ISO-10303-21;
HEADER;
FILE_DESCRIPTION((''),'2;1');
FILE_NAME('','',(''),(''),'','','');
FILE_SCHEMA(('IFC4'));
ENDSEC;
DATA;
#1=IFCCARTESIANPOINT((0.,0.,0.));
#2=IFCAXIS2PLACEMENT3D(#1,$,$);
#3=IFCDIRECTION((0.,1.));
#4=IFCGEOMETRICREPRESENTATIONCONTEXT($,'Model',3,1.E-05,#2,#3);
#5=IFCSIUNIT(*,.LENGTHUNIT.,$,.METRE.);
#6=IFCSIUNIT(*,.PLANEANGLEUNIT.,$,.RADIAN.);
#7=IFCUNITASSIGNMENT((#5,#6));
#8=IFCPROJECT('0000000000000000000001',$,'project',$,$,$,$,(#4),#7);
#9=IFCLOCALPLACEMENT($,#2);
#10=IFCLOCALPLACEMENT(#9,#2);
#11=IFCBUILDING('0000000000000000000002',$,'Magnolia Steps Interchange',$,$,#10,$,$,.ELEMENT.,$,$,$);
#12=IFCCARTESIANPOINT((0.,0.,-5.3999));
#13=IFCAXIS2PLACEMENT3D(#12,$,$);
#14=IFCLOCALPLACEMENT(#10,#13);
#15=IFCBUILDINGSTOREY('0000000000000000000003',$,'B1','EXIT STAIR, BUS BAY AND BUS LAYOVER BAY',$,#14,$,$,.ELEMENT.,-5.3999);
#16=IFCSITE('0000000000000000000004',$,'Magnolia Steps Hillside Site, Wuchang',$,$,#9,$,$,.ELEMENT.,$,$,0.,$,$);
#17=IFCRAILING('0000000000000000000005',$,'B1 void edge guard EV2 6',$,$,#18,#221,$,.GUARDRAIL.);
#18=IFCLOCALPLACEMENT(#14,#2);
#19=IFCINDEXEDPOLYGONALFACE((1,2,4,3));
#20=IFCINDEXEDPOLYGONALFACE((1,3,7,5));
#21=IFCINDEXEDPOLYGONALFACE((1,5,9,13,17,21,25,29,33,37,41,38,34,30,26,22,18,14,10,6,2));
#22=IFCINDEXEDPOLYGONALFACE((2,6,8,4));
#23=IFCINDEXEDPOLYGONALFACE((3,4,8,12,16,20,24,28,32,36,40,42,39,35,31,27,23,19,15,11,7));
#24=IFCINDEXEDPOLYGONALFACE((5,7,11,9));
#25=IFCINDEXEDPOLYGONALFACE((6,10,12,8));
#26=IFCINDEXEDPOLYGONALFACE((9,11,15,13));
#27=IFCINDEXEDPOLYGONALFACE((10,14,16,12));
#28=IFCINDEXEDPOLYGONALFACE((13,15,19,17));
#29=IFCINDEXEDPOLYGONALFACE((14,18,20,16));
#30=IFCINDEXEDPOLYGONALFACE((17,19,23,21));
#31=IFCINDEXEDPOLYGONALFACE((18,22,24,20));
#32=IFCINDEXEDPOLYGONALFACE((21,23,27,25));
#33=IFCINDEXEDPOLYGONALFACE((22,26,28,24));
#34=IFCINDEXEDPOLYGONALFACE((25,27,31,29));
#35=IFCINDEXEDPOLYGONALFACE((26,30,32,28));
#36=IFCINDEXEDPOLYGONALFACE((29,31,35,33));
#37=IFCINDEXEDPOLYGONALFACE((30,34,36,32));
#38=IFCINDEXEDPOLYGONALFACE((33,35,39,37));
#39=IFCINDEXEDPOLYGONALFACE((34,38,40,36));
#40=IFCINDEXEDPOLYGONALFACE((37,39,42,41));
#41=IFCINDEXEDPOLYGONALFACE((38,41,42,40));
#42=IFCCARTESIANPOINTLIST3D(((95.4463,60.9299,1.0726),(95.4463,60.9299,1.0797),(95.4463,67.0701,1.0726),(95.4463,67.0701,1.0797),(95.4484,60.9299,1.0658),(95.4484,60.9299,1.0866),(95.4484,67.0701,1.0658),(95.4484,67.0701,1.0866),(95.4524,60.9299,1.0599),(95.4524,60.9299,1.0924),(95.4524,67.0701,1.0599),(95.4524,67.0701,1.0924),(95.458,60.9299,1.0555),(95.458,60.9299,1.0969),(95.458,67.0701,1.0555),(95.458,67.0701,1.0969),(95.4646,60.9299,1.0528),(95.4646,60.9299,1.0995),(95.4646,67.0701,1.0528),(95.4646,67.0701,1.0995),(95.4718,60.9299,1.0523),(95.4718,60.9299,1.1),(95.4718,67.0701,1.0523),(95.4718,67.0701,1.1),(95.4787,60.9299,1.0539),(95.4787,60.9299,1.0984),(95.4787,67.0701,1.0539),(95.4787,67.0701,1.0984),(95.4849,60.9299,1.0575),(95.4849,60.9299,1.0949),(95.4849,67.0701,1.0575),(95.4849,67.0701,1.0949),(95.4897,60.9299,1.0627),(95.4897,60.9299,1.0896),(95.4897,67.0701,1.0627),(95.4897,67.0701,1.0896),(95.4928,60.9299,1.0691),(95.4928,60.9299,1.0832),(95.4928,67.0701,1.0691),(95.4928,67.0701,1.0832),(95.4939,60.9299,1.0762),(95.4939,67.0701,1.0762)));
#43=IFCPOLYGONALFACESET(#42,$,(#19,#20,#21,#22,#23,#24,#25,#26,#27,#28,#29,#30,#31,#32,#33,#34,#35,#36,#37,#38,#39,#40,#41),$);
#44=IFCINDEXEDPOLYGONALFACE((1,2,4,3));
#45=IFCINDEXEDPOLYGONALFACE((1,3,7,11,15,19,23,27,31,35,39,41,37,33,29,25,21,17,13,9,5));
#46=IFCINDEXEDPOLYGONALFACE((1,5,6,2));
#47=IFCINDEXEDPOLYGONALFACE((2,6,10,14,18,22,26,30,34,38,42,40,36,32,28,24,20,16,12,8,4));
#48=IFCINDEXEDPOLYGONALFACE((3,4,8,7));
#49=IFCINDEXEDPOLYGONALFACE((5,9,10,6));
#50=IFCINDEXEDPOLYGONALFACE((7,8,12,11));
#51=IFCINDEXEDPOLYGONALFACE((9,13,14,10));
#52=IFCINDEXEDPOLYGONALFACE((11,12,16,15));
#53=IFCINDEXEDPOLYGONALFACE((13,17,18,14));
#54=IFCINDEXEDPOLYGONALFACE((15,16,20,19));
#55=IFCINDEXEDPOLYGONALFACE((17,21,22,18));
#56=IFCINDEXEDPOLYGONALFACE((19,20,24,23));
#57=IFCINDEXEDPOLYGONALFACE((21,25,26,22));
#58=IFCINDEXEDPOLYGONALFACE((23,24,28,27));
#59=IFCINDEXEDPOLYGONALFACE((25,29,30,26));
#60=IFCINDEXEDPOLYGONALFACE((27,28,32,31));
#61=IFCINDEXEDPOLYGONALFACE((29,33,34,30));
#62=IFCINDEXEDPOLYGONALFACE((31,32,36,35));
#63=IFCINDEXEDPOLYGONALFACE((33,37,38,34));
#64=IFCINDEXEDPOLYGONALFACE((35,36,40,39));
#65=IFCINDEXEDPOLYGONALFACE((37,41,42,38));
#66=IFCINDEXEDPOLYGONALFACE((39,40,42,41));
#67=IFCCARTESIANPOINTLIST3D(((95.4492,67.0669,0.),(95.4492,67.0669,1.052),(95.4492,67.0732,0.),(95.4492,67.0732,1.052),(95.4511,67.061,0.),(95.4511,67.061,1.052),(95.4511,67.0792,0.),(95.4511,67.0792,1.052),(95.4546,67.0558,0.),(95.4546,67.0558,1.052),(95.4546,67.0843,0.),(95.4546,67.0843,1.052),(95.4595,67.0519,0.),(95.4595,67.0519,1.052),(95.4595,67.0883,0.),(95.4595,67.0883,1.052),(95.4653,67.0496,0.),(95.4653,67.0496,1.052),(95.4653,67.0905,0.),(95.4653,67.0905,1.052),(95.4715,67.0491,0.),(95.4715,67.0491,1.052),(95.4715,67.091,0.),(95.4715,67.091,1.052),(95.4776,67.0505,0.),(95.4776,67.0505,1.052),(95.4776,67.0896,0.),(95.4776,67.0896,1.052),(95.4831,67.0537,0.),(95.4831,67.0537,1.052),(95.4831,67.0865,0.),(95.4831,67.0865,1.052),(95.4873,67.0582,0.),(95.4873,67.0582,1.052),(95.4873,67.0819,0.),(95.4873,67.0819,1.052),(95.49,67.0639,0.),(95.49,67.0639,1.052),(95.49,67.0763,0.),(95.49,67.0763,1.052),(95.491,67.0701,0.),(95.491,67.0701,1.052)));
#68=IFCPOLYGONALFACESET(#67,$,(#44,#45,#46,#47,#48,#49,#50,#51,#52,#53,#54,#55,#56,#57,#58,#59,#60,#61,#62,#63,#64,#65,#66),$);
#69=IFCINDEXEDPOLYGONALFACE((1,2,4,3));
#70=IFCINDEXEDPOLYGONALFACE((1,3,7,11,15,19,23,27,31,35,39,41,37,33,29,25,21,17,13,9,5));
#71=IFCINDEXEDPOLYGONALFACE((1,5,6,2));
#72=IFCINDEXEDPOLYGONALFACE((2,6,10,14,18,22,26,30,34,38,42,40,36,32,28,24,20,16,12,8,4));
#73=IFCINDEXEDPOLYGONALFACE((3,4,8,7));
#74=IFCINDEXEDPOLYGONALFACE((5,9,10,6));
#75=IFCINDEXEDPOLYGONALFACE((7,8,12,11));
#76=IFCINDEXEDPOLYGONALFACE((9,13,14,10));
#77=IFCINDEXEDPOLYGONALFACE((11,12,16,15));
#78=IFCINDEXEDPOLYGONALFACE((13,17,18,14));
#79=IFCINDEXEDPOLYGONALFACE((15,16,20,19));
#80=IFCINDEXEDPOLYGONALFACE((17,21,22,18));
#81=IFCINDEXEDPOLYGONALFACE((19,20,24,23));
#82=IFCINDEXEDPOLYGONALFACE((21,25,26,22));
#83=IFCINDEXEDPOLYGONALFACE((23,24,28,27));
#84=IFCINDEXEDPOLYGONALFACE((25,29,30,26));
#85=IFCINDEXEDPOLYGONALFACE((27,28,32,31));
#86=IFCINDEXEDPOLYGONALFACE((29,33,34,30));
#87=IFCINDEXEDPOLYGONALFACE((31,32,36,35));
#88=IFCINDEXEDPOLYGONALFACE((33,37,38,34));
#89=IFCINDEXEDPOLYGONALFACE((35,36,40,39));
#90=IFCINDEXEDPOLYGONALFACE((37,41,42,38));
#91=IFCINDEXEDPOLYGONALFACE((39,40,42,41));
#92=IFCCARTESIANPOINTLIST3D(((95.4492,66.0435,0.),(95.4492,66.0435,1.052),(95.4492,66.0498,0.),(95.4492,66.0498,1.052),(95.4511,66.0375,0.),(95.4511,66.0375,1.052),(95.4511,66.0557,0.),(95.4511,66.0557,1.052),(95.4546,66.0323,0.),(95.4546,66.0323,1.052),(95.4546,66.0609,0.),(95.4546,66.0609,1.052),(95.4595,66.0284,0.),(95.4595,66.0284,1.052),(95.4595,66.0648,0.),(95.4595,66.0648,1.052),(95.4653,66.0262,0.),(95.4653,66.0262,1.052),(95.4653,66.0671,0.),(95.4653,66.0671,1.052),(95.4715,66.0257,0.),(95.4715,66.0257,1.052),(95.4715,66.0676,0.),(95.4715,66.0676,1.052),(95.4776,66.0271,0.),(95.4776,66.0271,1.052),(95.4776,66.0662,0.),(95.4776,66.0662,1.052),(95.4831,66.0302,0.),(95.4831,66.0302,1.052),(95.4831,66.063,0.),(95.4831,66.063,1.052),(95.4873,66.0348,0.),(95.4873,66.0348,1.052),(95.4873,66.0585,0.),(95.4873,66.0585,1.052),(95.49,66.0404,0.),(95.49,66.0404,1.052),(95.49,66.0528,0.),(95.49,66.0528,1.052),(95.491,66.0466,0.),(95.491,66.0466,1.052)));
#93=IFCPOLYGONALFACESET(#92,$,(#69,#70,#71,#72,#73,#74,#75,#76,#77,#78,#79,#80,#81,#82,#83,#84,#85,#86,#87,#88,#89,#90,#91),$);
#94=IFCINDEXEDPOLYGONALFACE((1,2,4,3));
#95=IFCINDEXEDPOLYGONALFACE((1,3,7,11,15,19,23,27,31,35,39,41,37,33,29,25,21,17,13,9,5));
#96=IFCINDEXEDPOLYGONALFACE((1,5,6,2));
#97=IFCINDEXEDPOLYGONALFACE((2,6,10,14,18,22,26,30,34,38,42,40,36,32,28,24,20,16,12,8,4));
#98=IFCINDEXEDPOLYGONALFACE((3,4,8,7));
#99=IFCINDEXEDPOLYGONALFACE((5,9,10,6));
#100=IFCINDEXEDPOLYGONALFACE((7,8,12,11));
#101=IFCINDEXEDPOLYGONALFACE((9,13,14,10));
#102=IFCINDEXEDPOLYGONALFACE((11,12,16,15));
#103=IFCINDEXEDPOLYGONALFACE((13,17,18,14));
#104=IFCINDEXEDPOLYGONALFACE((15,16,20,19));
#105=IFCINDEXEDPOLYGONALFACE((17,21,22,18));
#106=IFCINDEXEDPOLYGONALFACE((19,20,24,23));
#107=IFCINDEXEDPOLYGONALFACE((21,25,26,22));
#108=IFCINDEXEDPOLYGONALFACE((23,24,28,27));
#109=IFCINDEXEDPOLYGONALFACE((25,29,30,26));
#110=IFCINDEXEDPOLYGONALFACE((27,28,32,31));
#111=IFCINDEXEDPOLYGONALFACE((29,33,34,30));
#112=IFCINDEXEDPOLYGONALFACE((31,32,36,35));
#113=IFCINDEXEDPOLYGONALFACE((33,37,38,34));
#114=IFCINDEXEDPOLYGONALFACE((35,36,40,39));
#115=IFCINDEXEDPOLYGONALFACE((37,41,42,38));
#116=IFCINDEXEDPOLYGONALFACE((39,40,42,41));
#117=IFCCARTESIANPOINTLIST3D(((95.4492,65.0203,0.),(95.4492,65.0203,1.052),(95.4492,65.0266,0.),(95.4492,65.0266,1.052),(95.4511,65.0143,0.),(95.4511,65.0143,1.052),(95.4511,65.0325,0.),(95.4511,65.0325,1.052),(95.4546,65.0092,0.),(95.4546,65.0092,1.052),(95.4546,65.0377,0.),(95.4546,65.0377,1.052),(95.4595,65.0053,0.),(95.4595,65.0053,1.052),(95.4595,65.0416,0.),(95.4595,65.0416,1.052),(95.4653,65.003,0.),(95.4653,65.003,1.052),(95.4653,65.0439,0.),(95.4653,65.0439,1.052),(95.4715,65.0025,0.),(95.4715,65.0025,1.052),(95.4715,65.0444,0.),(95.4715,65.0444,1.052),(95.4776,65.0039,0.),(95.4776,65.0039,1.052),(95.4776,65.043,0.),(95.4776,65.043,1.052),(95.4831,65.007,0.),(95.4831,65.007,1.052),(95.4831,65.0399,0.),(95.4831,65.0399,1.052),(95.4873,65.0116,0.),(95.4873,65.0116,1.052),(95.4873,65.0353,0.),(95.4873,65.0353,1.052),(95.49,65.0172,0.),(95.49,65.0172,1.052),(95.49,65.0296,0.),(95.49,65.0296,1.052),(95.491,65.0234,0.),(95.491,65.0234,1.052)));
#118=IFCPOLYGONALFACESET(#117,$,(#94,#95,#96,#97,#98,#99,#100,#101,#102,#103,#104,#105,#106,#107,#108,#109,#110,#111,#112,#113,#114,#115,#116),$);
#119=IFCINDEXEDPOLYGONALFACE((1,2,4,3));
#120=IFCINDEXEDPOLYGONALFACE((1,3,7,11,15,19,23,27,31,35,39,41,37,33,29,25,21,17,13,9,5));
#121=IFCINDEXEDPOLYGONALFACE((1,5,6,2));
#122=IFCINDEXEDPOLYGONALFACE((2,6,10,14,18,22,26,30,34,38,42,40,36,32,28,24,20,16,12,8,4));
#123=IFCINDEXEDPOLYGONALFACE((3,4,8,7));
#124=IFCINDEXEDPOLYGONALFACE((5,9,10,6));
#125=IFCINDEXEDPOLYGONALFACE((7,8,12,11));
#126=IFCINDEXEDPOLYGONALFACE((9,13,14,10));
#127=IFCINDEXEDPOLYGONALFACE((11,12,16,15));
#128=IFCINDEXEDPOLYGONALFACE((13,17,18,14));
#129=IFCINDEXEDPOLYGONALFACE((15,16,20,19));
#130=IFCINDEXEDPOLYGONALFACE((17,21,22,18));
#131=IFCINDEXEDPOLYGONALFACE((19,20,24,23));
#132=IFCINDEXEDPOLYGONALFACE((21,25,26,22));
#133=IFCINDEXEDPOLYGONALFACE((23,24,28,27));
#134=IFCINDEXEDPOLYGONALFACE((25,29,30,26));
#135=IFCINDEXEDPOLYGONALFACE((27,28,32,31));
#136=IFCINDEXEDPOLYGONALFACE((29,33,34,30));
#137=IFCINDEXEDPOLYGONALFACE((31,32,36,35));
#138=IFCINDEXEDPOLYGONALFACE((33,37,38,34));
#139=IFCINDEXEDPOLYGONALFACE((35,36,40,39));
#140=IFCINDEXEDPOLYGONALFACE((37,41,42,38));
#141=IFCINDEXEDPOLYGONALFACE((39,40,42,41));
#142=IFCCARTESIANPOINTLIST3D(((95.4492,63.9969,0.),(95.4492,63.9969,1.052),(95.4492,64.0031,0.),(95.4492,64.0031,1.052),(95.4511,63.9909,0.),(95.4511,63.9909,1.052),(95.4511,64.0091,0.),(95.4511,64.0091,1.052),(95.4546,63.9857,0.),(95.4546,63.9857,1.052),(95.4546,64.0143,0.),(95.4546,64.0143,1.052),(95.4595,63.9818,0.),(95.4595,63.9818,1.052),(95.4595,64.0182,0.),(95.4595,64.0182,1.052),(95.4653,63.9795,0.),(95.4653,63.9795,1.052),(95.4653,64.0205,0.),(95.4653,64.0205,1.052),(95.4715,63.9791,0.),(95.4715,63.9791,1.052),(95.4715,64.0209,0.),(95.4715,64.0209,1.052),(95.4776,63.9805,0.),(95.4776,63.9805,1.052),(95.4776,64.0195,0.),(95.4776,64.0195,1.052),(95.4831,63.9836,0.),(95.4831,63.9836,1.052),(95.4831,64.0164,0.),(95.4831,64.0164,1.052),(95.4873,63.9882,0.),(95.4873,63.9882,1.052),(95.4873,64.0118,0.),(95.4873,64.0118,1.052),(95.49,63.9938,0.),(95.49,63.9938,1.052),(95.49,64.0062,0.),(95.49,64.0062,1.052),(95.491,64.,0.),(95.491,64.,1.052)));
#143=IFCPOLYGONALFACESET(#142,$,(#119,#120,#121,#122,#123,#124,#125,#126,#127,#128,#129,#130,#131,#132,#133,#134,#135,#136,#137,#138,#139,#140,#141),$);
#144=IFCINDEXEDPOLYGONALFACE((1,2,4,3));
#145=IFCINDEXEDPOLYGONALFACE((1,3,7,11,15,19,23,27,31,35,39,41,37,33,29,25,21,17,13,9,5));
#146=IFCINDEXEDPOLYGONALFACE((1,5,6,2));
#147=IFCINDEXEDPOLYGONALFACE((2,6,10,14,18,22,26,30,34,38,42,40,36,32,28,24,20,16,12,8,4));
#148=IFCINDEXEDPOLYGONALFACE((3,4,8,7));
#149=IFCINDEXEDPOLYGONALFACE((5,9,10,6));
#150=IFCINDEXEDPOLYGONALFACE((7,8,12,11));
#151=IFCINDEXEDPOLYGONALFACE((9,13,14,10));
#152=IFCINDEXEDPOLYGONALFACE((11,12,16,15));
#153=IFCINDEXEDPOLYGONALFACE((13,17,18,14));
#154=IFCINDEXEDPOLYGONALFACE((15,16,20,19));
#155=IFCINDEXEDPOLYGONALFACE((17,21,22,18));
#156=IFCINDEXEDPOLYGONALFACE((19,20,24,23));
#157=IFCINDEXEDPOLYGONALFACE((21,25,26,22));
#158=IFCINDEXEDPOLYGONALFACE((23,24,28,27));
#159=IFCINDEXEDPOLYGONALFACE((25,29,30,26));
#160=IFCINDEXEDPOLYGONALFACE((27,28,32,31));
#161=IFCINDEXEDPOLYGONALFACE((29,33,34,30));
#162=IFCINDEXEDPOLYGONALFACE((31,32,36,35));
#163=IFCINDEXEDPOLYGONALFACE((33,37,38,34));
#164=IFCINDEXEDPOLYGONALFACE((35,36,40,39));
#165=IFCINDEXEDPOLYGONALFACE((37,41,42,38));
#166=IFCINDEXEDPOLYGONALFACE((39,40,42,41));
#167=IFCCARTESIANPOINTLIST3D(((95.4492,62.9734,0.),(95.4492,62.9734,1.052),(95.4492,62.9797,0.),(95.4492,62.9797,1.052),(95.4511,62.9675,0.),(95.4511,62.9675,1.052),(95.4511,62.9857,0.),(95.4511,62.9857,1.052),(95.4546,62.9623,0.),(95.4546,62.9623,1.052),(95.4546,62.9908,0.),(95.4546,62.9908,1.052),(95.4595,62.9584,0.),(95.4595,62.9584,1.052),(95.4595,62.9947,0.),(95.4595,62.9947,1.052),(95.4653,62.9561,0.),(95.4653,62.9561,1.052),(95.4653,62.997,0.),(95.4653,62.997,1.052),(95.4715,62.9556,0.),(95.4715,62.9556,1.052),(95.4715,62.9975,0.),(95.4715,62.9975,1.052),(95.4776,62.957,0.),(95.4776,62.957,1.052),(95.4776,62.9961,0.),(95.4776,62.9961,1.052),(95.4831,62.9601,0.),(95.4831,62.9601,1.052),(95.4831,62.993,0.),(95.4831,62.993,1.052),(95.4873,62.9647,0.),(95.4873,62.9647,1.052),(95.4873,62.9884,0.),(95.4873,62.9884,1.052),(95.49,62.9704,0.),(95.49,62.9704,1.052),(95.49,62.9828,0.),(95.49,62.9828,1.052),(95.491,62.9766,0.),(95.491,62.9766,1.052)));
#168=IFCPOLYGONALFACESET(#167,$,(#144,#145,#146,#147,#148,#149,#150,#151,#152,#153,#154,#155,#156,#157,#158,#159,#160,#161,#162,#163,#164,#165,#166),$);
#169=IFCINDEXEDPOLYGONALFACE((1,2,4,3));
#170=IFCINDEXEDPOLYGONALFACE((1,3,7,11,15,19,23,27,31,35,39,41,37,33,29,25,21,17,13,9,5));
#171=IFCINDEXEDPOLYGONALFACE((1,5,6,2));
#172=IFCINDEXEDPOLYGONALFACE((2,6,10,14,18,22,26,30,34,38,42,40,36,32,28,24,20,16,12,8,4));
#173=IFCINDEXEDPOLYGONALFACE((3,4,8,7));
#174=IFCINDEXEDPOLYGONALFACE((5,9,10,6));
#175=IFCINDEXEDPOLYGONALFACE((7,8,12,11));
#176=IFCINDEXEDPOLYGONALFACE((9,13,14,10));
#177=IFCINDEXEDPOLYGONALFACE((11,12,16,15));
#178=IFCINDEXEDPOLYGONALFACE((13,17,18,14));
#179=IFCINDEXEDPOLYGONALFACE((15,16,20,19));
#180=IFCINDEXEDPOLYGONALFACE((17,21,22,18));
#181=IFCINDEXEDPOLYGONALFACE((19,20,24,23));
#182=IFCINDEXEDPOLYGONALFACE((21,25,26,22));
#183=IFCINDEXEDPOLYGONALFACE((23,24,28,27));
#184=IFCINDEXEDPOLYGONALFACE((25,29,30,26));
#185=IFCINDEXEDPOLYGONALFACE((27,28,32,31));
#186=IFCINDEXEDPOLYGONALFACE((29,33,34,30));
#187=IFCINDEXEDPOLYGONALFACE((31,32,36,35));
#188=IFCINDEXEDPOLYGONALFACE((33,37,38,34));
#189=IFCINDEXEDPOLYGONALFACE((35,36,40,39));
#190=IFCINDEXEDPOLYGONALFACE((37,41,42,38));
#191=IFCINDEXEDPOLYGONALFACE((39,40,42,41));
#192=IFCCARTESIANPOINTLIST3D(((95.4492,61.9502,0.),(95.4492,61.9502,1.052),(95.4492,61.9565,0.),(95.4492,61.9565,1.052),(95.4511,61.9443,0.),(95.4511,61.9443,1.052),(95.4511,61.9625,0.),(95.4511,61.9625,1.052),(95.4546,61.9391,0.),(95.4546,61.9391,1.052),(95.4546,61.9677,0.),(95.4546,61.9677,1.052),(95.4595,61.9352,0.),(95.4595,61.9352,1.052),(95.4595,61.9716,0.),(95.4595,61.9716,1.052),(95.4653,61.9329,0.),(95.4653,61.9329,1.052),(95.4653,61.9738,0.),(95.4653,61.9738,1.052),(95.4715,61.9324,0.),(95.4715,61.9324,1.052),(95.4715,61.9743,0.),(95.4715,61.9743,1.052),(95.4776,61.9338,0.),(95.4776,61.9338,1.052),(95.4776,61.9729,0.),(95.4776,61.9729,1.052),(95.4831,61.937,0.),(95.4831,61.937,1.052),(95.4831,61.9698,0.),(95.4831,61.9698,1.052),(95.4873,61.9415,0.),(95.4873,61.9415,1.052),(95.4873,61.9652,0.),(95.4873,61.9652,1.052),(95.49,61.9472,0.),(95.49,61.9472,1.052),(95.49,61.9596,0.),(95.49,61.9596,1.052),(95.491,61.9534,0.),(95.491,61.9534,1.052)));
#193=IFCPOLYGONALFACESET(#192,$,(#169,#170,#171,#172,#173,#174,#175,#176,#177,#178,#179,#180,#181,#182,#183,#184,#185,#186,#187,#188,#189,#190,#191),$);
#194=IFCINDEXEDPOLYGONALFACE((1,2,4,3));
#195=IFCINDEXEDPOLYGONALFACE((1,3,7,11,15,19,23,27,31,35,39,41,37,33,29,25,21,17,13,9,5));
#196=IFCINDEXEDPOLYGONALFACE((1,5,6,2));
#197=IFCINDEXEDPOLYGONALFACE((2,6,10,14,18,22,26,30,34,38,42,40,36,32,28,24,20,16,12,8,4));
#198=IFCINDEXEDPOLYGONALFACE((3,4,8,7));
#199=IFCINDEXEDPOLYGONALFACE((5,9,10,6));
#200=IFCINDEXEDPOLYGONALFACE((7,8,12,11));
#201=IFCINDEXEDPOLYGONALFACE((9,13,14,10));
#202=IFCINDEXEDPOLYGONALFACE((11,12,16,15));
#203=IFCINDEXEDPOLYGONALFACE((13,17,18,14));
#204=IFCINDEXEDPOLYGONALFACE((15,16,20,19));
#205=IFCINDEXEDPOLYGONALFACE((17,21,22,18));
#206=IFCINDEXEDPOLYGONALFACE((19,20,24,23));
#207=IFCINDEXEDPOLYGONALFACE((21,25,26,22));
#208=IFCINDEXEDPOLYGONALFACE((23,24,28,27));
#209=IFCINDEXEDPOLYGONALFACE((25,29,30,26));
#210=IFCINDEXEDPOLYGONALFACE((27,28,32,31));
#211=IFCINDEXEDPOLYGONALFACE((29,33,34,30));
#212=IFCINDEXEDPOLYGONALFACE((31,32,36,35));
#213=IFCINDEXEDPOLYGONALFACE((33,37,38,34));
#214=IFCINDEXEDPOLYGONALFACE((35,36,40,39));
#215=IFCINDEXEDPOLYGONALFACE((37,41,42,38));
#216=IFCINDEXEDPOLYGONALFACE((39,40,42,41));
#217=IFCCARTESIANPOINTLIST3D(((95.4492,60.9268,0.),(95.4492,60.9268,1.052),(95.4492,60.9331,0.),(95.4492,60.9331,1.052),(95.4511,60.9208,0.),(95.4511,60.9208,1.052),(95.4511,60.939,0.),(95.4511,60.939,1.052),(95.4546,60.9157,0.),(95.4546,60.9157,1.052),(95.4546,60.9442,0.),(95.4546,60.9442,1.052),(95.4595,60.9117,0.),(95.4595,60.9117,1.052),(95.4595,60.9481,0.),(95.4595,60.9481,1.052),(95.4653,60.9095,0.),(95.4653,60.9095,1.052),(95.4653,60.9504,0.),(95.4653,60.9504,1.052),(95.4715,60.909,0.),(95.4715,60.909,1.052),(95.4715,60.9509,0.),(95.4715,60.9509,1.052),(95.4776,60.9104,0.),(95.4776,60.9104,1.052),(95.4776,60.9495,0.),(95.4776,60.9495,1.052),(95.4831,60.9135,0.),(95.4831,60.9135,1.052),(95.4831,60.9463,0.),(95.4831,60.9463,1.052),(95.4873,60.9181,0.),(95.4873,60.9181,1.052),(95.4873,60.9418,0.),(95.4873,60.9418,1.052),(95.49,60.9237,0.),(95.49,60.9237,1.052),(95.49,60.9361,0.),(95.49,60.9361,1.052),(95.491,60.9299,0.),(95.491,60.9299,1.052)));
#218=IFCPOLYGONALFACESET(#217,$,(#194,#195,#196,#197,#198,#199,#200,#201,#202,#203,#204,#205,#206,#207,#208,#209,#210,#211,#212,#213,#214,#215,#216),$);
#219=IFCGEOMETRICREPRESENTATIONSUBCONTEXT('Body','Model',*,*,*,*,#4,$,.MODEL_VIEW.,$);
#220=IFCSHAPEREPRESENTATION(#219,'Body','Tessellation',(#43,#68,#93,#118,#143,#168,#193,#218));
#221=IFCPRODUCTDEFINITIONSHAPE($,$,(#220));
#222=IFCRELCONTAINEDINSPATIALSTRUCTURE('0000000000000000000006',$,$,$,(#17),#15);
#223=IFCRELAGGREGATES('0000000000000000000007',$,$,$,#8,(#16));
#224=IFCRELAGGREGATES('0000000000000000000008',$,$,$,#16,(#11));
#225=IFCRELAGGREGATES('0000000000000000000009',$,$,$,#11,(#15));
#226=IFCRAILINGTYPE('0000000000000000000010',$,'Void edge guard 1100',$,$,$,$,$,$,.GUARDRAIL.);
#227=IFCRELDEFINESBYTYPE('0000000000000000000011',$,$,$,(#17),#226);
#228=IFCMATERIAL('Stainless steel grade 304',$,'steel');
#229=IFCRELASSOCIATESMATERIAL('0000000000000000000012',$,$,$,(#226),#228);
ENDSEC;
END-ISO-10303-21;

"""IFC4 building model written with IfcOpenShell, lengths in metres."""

from ifc_helpers import new_model, si_unit, direction, frame, origin, origin_2d, place, context, subcontext, project, spatial, circle, extrude, material, type_object, element, save


model = new_model("IFC4")

# Units and contexts
model_context = context("Model", 3, precision=1e-05, world=origin(), true_north=direction((0.0, 1.0)))
body_context = subcontext(model_context, "Body", "Model", "MODEL_VIEW")
ifc_project = project(units=[si_unit("LENGTHUNIT", "METRE"), si_unit("PLANEANGLEUNIT", "RADIAN")], contexts=[model_context])

# Site, building, storey
site_placement = place(None, origin())
site = spatial("IfcSite", under=ifc_project, at=site_placement, Name="Magnolia Steps Hillside Site, Wuchang", CompositionType="ELEMENT", RefElevation=0.0)
building_placement = place(site_placement, origin())
building = spatial("IfcBuilding", under=site, at=building_placement, Name="Magnolia Steps Interchange", CompositionType="ELEMENT")
storey_placement = place(building_placement, frame((0.0, 0.0, -5.3999)))
storey = spatial("IfcBuildingStorey", under=building, at=storey_placement, Name="B1", Description="EXIT STAIR, BUS BAY AND BUS LAYOVER BAY", CompositionType="ELEMENT", Elevation=-5.3999)

# Railing
ifc_material_1 = material(Name="Stainless steel grade 304", Category="steel")
railing_type = type_object("IfcRailingType", Name="Void edge guard 1100", PredefinedType="GUARDRAIL", material=ifc_material_1)
railing_1_placement = place(storey_placement, frame((95.47, 67.0701, 0.0)))
element("IfcRailing", 1, at=railing_1_placement, inside=storey, type_object=railing_type, Name="B1 void edge guard EV2 6", PredefinedType="GUARDRAIL", context=body_context, shape_type="SweptSolid", body=[
    extrude(circle(Radius=0.0239, at=origin_2d()), frame((0.0, 0.0, 1.0762), z_axis=(0.0, -1.0, 0.0), x_axis=(1.0, 0.0, 0.0)), (0.0, 0.0, 1.0), 6.1401),
    extrude(circle(Radius=0.021, at=origin_2d()), origin(), (0.0, 0.0, 1.0), 1.052),
    extrude(circle(Radius=0.021, at=origin_2d()), frame((0.0, -1.0234, 0.0)), (0.0, 0.0, 1.0), 1.052),
    extrude(circle(Radius=0.021, at=origin_2d()), frame((0.0, -2.0466, 0.0)), (0.0, 0.0, 1.0), 1.052),
    extrude(circle(Radius=0.021, at=origin_2d()), frame((0.0, -3.0701, 0.0)), (0.0, 0.0, 1.0), 1.052),
    extrude(circle(Radius=0.021, at=origin_2d()), frame((0.0, -4.0935, 0.0)), (0.0, 0.0, 1.0), 1.052),
    extrude(circle(Radius=0.021, at=origin_2d()), frame((0.0, -5.1167, 0.0)), (0.0, 0.0, 1.0), 1.052),
    extrude(circle(Radius=0.021, at=origin_2d()), frame((0.0, -6.1401, 0.0)), (0.0, 0.0, 1.0), 1.052),
])

save(model, "model.ifc")
